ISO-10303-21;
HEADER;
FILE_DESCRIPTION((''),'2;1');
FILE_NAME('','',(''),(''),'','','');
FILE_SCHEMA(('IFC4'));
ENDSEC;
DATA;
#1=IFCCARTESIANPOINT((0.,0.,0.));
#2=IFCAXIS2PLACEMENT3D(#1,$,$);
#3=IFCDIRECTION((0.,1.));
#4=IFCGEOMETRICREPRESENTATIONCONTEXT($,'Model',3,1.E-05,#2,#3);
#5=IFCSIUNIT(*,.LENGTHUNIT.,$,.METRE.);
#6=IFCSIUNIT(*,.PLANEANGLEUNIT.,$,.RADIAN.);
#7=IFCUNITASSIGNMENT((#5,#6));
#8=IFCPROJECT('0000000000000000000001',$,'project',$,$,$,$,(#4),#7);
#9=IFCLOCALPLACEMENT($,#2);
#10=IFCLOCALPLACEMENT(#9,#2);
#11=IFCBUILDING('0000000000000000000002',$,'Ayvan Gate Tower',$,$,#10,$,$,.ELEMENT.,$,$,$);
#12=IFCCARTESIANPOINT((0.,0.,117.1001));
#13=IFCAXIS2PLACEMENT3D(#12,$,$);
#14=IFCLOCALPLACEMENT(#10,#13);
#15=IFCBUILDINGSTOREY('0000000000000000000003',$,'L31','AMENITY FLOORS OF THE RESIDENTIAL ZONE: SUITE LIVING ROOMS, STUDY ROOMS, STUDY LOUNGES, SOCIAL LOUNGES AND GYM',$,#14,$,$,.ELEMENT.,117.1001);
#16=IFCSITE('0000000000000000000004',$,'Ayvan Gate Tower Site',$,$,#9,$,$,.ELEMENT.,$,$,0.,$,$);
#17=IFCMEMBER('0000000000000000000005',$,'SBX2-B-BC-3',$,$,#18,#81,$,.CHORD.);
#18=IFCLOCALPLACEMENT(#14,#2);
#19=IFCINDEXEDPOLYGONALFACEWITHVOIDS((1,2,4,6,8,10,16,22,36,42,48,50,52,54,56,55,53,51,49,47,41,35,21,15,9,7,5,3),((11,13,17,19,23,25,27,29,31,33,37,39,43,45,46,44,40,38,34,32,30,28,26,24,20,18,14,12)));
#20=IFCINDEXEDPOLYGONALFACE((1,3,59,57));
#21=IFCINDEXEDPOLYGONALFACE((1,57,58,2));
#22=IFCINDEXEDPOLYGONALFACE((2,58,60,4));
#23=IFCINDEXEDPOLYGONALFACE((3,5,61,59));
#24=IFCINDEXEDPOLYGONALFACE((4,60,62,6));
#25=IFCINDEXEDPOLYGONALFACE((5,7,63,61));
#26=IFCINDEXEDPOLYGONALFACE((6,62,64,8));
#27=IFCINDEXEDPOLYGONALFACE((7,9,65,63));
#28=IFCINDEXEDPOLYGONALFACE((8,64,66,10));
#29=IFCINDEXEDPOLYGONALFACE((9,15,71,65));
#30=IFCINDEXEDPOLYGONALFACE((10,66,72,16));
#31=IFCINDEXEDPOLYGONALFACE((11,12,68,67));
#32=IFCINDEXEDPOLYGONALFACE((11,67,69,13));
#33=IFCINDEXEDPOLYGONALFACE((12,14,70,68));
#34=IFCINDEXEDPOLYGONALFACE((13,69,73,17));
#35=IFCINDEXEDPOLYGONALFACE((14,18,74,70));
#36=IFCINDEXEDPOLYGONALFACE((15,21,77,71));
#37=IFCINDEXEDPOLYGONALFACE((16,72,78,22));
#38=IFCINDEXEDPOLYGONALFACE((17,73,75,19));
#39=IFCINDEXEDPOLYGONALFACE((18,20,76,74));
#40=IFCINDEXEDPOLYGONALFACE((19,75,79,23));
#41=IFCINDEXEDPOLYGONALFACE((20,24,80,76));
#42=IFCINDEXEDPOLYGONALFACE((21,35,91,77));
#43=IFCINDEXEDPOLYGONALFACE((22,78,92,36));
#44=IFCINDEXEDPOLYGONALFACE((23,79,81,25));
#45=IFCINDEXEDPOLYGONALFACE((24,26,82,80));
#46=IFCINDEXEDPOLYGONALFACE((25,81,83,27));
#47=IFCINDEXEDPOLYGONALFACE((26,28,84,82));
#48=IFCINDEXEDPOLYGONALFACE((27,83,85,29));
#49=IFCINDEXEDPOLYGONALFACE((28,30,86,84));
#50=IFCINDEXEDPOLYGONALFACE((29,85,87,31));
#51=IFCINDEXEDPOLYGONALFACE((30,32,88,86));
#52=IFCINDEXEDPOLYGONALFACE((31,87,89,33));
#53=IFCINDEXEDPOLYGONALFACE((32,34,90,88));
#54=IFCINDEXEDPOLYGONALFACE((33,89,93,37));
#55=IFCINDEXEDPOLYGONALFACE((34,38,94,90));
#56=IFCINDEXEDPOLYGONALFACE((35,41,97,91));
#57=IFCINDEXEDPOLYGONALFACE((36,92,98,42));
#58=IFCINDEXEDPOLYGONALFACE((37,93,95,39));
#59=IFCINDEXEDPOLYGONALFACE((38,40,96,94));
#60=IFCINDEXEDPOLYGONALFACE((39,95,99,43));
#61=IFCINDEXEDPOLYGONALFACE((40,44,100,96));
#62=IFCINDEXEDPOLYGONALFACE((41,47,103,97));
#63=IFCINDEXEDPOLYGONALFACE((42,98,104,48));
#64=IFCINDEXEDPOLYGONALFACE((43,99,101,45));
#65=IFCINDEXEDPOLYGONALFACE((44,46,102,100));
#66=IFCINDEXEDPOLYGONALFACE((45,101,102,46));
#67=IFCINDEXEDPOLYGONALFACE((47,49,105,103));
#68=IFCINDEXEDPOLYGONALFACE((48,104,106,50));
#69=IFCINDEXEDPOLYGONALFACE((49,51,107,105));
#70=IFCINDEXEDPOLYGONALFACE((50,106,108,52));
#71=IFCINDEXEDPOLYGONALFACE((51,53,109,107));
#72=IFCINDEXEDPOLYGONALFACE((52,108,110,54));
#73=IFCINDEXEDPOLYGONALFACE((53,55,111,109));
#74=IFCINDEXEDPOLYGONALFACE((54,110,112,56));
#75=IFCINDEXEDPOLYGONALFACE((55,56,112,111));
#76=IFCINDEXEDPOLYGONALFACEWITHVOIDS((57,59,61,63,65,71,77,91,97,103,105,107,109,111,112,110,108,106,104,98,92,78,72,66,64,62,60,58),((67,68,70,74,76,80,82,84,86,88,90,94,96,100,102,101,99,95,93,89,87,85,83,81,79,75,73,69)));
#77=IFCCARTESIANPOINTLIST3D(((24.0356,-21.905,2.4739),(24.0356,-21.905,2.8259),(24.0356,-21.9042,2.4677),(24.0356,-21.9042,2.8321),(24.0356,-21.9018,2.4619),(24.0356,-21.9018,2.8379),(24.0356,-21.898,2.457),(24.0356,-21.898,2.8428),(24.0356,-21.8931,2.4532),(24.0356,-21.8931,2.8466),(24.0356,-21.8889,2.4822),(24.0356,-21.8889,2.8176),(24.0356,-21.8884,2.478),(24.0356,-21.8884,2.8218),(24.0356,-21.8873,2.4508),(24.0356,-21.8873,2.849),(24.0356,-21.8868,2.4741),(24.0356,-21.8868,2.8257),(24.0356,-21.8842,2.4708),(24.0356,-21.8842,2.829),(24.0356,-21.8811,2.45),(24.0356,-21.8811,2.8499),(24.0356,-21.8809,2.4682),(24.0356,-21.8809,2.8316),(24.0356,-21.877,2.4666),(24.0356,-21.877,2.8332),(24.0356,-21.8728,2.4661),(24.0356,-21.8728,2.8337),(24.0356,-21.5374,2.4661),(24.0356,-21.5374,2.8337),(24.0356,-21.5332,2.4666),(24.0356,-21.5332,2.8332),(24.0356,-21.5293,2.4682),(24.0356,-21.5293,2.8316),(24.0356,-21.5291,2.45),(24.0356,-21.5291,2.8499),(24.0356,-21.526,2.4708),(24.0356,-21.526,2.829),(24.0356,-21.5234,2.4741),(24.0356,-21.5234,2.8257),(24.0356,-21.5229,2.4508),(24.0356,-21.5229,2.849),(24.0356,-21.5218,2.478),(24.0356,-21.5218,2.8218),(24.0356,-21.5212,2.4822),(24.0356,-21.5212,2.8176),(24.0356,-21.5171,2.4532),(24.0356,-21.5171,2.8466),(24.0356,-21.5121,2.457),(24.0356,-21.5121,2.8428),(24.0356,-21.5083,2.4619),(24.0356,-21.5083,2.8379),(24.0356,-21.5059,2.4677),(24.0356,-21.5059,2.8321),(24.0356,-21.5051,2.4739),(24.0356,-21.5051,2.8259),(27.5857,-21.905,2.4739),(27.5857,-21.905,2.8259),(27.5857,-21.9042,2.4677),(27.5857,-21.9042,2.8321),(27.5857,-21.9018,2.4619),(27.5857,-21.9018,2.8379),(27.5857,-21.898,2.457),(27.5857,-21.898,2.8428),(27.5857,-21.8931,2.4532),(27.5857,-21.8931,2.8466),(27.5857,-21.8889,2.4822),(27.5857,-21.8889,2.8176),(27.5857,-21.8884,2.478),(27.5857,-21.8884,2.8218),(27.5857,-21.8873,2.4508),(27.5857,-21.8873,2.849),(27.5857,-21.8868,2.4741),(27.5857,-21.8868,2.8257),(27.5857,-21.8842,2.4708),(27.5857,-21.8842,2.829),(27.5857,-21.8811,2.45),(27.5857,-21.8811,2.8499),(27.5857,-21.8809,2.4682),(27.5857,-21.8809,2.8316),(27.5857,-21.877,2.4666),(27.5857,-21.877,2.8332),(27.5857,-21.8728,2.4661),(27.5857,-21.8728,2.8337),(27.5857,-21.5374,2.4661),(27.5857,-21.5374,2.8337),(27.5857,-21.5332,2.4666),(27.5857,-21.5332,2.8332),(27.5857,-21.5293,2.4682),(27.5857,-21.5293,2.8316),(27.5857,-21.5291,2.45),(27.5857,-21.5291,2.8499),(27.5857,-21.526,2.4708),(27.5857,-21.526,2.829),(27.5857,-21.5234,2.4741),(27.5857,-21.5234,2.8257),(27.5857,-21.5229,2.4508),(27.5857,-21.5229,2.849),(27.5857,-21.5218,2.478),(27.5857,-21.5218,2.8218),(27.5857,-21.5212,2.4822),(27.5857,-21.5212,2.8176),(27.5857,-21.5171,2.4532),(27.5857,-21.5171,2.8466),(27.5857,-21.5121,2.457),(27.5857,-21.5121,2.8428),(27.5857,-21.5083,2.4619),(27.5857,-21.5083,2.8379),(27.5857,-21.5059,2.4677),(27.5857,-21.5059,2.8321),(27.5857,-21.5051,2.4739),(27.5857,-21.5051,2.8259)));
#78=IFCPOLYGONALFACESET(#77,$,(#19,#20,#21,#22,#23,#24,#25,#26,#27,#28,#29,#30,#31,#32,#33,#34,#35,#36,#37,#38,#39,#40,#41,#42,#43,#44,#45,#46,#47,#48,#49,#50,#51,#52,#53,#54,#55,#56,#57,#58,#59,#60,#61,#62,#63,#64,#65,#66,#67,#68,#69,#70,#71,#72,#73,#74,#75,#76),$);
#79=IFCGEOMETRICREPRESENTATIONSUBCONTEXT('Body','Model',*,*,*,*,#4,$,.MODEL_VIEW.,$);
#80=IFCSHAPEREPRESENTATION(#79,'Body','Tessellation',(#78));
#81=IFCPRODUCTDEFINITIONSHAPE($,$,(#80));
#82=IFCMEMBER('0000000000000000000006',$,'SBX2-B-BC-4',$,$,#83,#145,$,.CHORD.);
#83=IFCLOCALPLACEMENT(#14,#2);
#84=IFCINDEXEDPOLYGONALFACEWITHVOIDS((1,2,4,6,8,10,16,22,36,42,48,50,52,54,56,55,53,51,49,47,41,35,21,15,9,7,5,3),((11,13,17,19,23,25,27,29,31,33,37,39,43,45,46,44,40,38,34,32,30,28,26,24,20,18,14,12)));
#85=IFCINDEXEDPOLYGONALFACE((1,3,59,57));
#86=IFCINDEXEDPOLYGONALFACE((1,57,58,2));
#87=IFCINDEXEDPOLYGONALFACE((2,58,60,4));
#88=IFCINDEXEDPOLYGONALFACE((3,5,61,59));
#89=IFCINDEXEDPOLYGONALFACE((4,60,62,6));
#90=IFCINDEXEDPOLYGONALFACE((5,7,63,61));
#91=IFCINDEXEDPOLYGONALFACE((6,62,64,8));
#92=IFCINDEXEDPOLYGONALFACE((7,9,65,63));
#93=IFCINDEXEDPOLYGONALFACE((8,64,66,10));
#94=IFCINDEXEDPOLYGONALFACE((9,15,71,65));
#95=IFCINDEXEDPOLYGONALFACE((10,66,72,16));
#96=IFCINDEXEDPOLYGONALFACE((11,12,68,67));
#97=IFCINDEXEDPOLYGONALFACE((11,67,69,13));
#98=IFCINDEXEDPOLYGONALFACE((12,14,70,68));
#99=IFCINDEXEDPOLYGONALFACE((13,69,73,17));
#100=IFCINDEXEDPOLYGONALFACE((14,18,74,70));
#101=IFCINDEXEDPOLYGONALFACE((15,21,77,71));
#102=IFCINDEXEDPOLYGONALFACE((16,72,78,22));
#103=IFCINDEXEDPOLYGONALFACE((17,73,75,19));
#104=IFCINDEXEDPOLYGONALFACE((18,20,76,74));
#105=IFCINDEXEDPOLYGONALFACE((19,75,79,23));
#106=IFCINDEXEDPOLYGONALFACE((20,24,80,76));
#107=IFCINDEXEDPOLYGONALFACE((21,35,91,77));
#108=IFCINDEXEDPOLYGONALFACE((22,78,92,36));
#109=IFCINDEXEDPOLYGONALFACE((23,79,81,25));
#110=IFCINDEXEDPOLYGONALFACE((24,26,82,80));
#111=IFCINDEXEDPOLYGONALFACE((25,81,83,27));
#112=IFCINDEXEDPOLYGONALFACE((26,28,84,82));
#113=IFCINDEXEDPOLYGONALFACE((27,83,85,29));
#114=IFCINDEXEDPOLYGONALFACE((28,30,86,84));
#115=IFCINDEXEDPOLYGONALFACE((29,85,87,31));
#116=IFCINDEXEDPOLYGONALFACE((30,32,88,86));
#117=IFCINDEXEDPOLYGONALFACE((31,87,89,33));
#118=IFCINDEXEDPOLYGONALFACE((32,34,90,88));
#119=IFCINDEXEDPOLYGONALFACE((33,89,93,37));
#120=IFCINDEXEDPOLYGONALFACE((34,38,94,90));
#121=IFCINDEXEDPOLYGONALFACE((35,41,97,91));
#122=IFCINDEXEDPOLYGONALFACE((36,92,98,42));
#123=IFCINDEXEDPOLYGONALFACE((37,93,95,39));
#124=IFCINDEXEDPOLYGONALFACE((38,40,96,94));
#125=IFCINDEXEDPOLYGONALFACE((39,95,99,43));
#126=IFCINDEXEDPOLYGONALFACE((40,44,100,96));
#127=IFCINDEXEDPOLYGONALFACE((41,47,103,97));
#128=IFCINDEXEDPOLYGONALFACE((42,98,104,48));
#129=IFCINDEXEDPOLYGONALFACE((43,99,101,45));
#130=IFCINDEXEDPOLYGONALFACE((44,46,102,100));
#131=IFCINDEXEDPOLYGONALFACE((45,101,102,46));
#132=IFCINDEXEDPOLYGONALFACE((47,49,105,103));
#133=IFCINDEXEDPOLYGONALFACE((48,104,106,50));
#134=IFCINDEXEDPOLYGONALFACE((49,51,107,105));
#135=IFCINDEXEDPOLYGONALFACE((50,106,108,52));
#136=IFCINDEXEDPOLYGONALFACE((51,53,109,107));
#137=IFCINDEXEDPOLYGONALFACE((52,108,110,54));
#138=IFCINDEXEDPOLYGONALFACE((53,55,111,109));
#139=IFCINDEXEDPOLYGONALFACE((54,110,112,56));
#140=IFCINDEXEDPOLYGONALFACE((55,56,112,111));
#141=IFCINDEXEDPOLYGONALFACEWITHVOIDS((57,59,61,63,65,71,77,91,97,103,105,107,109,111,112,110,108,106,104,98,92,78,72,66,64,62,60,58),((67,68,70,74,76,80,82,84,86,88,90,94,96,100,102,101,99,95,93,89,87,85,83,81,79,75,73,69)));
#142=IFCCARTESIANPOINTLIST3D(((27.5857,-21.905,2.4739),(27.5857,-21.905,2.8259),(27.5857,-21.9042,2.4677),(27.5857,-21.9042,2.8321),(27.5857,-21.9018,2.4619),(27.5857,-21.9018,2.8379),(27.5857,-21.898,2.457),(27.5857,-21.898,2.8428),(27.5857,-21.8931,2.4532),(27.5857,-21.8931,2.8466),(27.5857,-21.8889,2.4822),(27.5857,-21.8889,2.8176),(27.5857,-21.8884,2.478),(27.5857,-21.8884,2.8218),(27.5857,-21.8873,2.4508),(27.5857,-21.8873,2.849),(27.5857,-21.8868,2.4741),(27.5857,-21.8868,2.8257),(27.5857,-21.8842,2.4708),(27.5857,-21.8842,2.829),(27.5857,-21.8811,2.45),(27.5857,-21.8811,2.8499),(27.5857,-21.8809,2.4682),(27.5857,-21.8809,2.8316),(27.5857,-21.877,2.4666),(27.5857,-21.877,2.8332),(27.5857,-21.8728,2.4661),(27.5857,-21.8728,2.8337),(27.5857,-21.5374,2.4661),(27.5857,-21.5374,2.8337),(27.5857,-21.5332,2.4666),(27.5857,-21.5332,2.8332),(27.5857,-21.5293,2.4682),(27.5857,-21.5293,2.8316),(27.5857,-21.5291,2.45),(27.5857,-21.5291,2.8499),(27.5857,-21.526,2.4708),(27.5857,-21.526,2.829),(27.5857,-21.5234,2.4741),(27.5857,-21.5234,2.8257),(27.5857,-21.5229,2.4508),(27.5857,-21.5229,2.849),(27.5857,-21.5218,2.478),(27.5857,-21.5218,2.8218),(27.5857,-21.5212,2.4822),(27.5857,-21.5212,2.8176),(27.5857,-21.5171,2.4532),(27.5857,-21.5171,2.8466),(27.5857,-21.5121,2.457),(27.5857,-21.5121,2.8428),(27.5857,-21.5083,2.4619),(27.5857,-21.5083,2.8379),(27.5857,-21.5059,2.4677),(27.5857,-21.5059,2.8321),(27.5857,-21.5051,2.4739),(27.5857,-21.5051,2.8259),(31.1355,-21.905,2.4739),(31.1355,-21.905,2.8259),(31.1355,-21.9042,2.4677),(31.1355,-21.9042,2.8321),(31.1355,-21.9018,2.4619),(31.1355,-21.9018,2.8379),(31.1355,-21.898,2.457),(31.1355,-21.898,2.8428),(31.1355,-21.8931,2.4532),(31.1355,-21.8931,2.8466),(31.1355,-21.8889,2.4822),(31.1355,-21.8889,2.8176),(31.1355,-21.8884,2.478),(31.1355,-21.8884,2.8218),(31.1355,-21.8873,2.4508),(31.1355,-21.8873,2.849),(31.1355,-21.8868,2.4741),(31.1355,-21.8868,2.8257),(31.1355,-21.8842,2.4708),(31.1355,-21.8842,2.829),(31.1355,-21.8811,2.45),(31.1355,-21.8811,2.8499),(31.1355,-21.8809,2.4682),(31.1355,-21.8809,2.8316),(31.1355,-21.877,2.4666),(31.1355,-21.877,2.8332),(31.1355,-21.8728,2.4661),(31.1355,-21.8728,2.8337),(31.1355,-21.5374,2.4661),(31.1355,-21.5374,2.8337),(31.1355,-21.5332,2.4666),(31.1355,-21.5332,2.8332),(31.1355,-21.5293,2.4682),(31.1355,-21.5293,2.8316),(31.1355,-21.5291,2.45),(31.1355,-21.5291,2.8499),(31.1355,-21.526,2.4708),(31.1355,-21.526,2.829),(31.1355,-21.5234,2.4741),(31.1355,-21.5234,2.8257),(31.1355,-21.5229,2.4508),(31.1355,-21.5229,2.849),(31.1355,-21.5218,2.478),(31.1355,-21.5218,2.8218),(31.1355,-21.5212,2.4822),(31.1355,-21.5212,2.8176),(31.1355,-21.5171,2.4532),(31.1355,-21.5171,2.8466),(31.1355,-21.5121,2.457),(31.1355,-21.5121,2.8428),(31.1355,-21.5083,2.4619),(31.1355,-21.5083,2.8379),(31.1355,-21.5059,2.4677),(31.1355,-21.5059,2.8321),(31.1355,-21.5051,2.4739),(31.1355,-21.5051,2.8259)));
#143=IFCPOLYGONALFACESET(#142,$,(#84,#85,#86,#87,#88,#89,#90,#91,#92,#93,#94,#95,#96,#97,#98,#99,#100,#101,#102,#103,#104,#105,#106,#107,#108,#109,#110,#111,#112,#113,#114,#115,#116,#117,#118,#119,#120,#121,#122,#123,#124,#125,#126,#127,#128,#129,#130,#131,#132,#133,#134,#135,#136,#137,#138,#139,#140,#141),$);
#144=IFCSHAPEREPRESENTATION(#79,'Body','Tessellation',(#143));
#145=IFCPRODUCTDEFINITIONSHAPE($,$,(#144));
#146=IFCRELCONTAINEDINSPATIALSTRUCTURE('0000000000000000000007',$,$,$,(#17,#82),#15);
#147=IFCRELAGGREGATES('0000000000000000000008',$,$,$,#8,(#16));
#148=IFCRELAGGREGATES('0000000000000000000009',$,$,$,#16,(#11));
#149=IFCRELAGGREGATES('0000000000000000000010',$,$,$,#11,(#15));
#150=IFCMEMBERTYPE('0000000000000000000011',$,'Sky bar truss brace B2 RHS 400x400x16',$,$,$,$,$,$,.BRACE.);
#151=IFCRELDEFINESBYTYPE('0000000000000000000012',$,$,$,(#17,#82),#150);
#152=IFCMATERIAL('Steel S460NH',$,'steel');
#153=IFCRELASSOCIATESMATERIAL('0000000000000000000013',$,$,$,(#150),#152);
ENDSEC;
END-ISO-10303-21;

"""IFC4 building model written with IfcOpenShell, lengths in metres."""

from ifc_helpers import new_model, si_unit, direction, frame, origin, origin_2d, place, context, subcontext, project, spatial, hollow_rectangle, extrude, material, material_profile, profile_set, type_object, element, save


model = new_model("IFC4")

# Units and contexts
model_context = context("Model", 3, precision=1e-05, world=origin(), true_north=direction((0.0, 1.0)))
body_context = subcontext(model_context, "Body", "Model", "MODEL_VIEW")
ifc_project = project(units=[si_unit("LENGTHUNIT", "METRE"), si_unit("PLANEANGLEUNIT", "RADIAN")], contexts=[model_context])

# Site, building, storey
site_placement = place(None, origin())
site = spatial("IfcSite", under=ifc_project, at=site_placement, Name="Ayvan Gate Tower Site", CompositionType="ELEMENT", RefElevation=0.0)
building_placement = place(site_placement, origin())
building = spatial("IfcBuilding", under=site, at=building_placement, Name="Ayvan Gate Tower", CompositionType="ELEMENT")
storey_placement = place(building_placement, frame((0.0, 0.0, 117.1001)))
storey = spatial("IfcBuildingStorey", under=building, at=storey_placement, Name="L31", Description="AMENITY FLOORS OF THE RESIDENTIAL ZONE: SUITE LIVING ROOMS, STUDY ROOMS, STUDY LOUNGES, SOCIAL LOUNGES AND GYM", CompositionType="ELEMENT", Elevation=117.1001)

# Members
ifc_material_1 = material(Name="Steel S460NH", Category="steel")
ifc_material_profile_1 = material_profile(ifc_material_1, hollow_rectangle(XDim=0.3999, YDim=0.3999, WallThickness=0.0161, InnerFilletRadius=0.0161, OuterFilletRadius=0.0239, at=origin_2d()), Name="RHS 400x400x16")
ifc_profile_set_1 = profile_set([ifc_material_profile_1], Name="Steel S460NH")
member_type_1 = type_object("IfcMemberType", Name="Sky bar truss brace B2 RHS 400x400x16", PredefinedType="BRACE", material=ifc_profile_set_1)
for number, where, z_axis, x_axis, name in (
    (1, (24.0356, -21.7051, 2.6499), (1.0, 0.0, 0.0), (0.0, 1.0, 0.0), "SBX2-B-BC-3"),
):
    element("IfcMember", number, at=place(storey_placement, frame(where, z_axis=z_axis, x_axis=x_axis)), inside=storey, type_object=member_type_1, Name=name, PredefinedType="CHORD", context=body_context, shape_type="SweptSolid", body=[
        extrude(hollow_rectangle(XDim=0.3999, YDim=0.3999, WallThickness=0.0161, InnerFilletRadius=0.0161, OuterFilletRadius=0.0239, at=origin_2d()), origin(), (0.0, 0.0, 1.0), 3.55),
    ])
member_1_placement = place(storey_placement, frame((27.5857, -21.7051, 2.6499), z_axis=(1.0, 0.0, 0.0), x_axis=(0.0, 1.0, 0.0)))
element("IfcMember", 2, at=member_1_placement, inside=storey, type_object=member_type_1, Name="SBX2-B-BC-4", PredefinedType="CHORD", context=body_context, shape_type="SweptSolid", body=[
    extrude(hollow_rectangle(XDim=0.3999, YDim=0.3999, WallThickness=0.0161, InnerFilletRadius=0.0161, OuterFilletRadius=0.0239, at=origin_2d()), origin(), (0.0, 0.0, 1.0), 3.5498),
])

save(model, "model.ifc")
